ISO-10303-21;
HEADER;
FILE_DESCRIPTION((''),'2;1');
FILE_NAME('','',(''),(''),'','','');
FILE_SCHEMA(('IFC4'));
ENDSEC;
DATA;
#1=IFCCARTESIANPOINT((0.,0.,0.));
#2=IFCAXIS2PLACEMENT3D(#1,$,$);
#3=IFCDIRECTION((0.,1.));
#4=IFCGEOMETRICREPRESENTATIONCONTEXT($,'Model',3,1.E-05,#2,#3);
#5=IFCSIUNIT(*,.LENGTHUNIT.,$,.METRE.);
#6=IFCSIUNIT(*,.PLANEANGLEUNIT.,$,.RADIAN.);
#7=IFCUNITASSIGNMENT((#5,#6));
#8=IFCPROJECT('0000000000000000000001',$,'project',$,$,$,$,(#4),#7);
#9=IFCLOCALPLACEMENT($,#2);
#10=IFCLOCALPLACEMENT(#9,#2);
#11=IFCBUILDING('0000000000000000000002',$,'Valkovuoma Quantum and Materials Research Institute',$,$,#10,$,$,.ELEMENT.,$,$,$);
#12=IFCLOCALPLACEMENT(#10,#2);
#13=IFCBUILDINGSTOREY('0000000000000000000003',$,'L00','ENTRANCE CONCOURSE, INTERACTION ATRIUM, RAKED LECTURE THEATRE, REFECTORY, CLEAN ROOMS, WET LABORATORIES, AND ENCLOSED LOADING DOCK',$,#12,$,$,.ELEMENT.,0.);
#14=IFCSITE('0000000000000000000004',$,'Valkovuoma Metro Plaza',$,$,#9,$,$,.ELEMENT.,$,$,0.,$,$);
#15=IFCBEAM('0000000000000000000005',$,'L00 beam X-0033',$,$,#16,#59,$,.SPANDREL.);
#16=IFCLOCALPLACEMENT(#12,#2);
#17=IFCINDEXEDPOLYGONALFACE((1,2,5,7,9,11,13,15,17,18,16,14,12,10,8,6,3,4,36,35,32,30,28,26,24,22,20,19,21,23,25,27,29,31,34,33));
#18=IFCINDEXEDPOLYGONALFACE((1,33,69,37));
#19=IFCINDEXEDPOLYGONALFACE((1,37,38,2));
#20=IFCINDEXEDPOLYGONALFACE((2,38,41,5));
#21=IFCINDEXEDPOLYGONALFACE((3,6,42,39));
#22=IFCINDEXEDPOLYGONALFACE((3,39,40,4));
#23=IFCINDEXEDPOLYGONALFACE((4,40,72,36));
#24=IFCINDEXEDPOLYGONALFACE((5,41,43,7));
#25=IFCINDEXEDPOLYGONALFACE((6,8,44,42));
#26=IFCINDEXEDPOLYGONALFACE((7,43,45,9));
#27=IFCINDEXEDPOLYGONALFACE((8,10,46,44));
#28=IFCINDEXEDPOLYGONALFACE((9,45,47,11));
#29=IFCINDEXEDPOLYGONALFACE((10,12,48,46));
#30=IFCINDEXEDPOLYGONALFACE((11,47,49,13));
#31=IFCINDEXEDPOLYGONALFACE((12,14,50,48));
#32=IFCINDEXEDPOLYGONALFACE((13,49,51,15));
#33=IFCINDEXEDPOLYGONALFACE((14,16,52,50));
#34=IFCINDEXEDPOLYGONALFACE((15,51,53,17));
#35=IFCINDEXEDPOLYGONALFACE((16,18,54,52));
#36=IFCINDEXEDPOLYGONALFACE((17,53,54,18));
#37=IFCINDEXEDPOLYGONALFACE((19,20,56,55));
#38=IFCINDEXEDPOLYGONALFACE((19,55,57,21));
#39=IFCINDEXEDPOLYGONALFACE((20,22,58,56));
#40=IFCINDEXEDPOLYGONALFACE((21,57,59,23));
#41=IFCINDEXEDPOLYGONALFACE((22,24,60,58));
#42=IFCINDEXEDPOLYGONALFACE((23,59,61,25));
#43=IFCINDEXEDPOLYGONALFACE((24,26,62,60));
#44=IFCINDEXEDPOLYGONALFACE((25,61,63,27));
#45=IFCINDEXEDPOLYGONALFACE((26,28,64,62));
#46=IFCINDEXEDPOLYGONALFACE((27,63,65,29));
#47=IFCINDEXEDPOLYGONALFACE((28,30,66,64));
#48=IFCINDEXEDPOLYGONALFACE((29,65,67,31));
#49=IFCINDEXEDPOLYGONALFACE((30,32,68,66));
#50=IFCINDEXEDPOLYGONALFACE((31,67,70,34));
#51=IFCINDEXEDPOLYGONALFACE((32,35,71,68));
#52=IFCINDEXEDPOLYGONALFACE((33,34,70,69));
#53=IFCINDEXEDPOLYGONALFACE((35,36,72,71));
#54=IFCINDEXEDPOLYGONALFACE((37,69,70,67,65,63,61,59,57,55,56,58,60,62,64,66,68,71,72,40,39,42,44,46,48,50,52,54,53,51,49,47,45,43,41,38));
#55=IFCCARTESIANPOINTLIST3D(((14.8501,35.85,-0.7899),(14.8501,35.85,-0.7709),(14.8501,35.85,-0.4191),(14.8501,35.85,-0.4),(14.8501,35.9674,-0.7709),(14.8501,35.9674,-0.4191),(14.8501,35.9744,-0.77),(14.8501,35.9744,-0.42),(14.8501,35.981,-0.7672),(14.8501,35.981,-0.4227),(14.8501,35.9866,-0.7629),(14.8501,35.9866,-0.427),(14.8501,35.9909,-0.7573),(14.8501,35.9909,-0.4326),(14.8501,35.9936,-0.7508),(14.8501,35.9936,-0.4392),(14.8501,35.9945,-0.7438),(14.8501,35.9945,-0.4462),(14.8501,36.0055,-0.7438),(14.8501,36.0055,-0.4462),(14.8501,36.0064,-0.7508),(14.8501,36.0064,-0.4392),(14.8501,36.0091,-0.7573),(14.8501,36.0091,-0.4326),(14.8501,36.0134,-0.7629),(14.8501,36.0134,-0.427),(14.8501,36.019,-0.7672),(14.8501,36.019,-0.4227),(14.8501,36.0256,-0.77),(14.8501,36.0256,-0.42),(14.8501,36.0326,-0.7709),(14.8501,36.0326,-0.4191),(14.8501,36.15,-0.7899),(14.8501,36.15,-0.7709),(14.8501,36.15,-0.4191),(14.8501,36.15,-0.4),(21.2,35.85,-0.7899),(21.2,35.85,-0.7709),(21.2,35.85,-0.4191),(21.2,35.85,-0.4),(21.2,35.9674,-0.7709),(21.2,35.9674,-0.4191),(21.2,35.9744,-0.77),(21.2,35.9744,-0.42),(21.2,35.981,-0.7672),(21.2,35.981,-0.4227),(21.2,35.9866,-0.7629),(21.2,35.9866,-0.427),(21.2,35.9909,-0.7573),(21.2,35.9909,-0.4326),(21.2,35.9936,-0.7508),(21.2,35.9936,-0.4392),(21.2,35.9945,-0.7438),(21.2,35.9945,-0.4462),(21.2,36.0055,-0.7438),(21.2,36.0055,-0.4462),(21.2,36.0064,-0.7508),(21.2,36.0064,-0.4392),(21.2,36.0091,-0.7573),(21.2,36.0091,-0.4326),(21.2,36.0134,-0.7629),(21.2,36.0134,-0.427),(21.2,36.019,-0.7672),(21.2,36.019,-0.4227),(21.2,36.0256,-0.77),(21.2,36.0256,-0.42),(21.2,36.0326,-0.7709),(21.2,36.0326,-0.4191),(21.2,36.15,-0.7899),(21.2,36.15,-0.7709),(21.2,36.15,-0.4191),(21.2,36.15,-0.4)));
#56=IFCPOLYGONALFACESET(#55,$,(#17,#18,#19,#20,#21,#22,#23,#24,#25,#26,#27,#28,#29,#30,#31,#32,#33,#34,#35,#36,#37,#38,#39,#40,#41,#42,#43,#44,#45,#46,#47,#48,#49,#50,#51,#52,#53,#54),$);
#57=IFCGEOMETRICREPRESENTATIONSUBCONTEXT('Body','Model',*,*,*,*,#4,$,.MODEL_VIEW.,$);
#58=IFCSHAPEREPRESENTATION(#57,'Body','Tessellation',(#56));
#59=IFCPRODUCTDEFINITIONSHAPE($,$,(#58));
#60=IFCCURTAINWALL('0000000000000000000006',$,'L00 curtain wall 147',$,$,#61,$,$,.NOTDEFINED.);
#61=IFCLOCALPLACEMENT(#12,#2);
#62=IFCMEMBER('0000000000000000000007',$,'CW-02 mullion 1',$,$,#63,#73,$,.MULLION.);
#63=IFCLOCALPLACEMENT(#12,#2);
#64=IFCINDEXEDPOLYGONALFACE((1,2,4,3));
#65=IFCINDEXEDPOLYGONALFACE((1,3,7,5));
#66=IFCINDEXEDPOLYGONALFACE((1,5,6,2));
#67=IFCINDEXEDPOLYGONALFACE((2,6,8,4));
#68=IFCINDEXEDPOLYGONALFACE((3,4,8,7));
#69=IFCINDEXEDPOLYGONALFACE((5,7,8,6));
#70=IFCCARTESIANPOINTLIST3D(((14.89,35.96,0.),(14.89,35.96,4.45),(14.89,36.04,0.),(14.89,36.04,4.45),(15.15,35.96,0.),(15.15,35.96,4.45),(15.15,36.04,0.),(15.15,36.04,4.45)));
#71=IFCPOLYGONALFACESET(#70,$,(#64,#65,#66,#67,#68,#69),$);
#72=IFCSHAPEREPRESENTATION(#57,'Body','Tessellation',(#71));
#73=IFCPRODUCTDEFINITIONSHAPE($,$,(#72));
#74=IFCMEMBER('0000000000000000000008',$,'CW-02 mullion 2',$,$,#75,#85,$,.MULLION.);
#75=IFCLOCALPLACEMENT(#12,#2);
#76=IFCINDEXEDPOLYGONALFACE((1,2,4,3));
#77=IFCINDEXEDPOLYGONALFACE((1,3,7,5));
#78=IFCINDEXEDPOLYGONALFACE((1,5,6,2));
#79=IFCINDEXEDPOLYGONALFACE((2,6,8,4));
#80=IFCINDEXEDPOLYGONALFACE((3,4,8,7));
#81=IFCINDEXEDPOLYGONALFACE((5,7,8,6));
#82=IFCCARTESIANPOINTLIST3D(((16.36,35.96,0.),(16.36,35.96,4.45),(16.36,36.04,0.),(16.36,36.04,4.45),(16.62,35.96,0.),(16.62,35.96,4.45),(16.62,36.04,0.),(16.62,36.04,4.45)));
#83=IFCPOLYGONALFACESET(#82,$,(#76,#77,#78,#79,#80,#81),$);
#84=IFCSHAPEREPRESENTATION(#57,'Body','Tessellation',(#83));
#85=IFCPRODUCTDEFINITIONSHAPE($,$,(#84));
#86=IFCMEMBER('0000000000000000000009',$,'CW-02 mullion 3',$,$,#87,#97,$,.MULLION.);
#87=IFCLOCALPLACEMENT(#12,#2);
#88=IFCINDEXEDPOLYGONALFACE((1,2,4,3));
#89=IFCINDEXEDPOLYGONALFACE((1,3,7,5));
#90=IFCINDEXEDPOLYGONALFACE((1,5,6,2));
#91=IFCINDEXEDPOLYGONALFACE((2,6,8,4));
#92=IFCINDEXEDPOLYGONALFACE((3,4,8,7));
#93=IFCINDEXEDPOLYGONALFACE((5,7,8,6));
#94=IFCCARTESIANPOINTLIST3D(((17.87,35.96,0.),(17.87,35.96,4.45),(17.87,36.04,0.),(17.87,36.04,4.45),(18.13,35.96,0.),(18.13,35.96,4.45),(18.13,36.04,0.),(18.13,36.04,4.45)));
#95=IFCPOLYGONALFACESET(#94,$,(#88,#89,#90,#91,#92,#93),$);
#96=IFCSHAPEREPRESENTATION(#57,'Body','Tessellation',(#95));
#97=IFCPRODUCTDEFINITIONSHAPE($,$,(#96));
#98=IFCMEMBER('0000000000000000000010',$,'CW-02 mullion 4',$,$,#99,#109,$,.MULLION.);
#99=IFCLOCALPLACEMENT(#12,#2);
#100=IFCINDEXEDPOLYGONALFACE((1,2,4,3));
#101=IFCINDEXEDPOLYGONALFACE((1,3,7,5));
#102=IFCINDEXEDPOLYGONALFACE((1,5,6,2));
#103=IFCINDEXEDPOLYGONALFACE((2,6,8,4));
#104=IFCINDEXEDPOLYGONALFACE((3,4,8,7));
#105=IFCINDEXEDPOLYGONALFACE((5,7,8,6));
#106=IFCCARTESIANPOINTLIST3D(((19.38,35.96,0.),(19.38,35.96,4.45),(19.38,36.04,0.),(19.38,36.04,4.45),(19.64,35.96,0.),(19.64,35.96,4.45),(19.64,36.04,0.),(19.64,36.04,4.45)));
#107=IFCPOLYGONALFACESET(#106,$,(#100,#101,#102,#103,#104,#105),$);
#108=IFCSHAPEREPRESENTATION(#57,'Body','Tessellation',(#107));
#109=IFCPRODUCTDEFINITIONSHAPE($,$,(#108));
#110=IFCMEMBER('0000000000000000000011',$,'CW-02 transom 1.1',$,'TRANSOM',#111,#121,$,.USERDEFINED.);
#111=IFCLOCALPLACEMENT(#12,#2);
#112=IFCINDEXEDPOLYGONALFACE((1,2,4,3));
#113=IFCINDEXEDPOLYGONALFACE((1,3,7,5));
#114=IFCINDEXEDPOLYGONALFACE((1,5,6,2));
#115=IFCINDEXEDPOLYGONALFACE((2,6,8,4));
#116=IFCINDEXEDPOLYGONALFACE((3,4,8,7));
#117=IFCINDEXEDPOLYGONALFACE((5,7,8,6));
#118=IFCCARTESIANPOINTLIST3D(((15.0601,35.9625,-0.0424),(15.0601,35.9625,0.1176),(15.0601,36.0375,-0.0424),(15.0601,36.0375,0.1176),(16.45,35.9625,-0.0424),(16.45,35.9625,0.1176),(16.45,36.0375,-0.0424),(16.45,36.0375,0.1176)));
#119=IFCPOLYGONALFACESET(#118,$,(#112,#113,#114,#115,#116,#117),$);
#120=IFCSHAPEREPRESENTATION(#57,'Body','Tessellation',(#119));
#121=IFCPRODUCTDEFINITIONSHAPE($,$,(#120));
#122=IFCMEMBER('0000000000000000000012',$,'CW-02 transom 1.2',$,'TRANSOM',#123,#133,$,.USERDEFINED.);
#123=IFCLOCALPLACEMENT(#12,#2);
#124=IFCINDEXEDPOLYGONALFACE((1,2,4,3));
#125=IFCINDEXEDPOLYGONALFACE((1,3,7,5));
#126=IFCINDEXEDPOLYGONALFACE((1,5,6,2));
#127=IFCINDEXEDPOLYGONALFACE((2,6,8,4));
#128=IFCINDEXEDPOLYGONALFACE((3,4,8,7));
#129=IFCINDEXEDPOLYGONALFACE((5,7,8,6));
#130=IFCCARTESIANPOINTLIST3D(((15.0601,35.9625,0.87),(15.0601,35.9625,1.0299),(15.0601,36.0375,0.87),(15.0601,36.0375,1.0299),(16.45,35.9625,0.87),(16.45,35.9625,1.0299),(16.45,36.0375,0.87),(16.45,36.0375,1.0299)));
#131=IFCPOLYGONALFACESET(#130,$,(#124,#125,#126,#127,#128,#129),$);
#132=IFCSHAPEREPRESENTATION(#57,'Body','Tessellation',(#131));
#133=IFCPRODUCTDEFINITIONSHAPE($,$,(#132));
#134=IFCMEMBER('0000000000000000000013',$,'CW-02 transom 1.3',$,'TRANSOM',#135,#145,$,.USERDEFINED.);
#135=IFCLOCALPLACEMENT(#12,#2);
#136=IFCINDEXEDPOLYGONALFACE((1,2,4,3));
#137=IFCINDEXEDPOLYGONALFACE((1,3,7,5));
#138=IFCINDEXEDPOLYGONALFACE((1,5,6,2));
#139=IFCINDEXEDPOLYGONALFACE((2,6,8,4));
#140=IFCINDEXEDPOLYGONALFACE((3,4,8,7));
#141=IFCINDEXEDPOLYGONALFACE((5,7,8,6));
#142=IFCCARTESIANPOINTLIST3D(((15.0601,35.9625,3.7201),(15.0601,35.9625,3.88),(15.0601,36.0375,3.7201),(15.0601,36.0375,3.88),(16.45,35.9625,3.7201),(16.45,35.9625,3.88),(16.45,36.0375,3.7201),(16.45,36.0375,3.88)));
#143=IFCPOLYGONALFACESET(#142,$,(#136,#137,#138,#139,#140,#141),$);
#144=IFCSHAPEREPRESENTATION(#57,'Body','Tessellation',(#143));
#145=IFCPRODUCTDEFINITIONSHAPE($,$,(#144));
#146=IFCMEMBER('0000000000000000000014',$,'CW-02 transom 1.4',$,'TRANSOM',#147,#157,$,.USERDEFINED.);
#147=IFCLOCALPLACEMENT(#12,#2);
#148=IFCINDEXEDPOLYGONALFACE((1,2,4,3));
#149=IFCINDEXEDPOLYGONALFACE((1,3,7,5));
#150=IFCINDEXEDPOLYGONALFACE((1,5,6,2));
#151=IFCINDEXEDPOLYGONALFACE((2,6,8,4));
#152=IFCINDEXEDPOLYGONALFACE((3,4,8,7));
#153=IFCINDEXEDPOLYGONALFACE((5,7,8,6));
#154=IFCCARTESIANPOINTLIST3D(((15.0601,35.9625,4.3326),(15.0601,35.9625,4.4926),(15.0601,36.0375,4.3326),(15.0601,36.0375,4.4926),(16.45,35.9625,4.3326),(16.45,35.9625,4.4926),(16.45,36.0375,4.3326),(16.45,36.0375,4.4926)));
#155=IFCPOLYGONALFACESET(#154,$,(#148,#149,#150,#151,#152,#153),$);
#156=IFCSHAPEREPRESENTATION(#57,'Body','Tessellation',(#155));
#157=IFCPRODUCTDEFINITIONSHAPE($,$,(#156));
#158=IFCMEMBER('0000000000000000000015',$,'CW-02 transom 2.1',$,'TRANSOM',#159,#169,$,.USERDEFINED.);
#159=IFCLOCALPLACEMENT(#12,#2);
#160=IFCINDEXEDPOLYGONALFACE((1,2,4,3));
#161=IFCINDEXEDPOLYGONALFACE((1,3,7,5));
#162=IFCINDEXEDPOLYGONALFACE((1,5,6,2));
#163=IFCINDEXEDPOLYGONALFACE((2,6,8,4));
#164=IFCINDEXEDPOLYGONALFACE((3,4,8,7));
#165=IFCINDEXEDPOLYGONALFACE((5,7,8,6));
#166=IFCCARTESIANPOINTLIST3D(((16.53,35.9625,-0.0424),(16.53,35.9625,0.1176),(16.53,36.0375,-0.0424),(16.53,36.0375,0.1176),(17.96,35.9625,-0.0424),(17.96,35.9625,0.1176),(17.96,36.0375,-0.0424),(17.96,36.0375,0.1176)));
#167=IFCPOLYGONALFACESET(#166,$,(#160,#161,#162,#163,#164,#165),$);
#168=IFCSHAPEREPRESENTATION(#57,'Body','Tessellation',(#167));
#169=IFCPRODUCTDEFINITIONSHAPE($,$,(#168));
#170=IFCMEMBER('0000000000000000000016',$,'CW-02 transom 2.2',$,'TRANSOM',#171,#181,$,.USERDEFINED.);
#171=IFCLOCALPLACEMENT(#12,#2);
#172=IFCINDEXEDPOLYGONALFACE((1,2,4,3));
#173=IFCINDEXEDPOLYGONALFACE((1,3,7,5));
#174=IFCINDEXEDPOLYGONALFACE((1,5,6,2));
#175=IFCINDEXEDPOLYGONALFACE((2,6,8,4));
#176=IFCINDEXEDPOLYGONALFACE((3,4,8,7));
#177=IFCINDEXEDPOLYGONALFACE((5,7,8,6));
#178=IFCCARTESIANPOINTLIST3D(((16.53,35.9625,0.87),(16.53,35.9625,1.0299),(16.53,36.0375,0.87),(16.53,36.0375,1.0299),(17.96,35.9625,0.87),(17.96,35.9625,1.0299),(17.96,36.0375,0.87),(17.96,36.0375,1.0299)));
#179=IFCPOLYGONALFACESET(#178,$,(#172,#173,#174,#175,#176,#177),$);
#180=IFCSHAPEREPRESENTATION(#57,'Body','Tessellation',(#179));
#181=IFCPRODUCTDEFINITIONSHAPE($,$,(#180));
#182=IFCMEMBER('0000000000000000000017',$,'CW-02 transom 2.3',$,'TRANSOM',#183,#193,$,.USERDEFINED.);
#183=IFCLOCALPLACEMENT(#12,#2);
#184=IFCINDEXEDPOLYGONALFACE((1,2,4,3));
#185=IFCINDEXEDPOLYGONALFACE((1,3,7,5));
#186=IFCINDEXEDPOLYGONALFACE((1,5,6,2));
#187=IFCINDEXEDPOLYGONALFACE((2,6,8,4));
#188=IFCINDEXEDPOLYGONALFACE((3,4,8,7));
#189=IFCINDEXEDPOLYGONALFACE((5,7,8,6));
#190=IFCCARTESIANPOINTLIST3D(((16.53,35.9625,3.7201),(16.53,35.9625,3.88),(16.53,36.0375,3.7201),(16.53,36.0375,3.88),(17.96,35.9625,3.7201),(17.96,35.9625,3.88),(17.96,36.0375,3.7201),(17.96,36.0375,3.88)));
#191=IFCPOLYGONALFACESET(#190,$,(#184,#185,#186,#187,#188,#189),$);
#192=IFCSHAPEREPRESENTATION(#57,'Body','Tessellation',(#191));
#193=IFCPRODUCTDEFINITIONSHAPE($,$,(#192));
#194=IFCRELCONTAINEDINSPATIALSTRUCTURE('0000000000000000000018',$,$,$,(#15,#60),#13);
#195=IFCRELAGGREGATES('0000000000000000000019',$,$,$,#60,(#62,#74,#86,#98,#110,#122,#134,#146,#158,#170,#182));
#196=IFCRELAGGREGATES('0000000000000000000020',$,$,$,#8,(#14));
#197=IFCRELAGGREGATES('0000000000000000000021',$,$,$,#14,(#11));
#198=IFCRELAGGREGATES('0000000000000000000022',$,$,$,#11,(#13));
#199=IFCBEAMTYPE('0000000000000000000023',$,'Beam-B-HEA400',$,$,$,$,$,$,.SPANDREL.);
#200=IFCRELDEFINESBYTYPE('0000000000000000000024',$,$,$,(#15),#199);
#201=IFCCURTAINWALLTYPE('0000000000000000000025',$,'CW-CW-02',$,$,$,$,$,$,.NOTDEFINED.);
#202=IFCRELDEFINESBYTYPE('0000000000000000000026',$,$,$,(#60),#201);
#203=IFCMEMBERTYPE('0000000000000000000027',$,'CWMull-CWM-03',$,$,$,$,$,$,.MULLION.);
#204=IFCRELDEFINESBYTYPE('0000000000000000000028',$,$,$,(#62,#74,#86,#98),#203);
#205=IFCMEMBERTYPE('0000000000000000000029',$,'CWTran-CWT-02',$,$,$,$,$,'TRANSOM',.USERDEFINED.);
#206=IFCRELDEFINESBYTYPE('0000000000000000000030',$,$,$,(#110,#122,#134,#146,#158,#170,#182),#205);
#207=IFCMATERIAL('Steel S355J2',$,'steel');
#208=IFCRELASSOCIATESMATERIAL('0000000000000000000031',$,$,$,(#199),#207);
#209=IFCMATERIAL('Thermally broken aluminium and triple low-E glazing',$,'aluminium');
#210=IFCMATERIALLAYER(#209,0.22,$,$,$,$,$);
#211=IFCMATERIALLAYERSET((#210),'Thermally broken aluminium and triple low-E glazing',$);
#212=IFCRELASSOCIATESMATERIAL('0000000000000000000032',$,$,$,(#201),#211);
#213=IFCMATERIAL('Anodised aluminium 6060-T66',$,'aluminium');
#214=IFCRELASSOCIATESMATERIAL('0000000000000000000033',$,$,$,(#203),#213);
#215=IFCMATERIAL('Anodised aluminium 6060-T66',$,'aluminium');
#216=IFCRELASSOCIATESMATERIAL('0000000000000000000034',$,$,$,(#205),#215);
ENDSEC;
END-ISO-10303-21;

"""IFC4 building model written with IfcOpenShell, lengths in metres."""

from ifc_helpers import new_model, si_unit, direction, frame, origin, origin_2d, place, context, subcontext, project, spatial, rectangle, i_section, extrude, material, layer, layer_set, material_profile, profile_set, type_object, element, aggregate, save


model = new_model("IFC4")

# Units and contexts
model_context = context("Model", 3, precision=1e-05, world=origin(), true_north=direction((0.0, 1.0)))
body_context = subcontext(model_context, "Body", "Model", "MODEL_VIEW")
ifc_project = project(units=[si_unit("LENGTHUNIT", "METRE"), si_unit("PLANEANGLEUNIT", "RADIAN")], contexts=[model_context])

# Site, building, storey
site_placement = place(None, origin())
site = spatial("IfcSite", under=ifc_project, at=site_placement, Name="Valkovuoma Metro Plaza", CompositionType="ELEMENT", RefElevation=0.0)
building_placement = place(site_placement, origin())
building = spatial("IfcBuilding", under=site, at=building_placement, Name="Valkovuoma Quantum and Materials Research Institute", CompositionType="ELEMENT")
storey_placement = place(building_placement, origin())
storey = spatial("IfcBuildingStorey", under=building, at=storey_placement, Name="L00", Description="ENTRANCE CONCOURSE, INTERACTION ATRIUM, RAKED LECTURE THEATRE, REFECTORY, CLEAN ROOMS, WET LABORATORIES, AND ENCLOSED LOADING DOCK", CompositionType="ELEMENT", Elevation=0.0)

# Beam
ifc_material_1 = material(Name="Steel S355J2", Category="steel")
ifc_material_profile_1 = material_profile(ifc_material_1, i_section(OverallWidth=0.3, OverallDepth=0.3899, WebThickness=0.011, FlangeThickness=0.019, FilletRadius=0.0271, at=origin_2d()), Name="Steel S355J2")
ifc_profile_set_1 = profile_set([ifc_material_profile_1], Name="Steel S355J2")
beam_type = type_object("IfcBeamType", Name="Beam-B-HEA400", PredefinedType="SPANDREL", material=ifc_profile_set_1)
beam_placement = place(storey_placement, frame((14.8501, 36.0, -0.595), z_axis=(1.0, 0.0, 0.0), x_axis=(0.0, 1.0, 0.0)))
element("IfcBeam", 1, at=beam_placement, inside=storey, type_object=beam_type, Name="L00 beam X-0033", PredefinedType="SPANDREL", context=body_context, shape_type="SweptSolid", body=[
    extrude(i_section(OverallWidth=0.3, OverallDepth=0.3899, WebThickness=0.011, FlangeThickness=0.019, FilletRadius=0.0271, at=origin_2d()), origin(), (0.0, 0.0, 1.0), 6.3499),
])

# Curtain wall, members
ifc_material_2 = material(Name="Thermally broken aluminium and triple low-E glazing", Category="aluminium")
ifc_layer_1 = layer(ifc_material_2, 0.22)
ifc_layer_set_1 = layer_set([ifc_layer_1], Name="Thermally broken aluminium and triple low-E glazing")
curtain_wall_type = type_object("IfcCurtainWallType", Name="CW-CW-02", PredefinedType="NOTDEFINED", material=ifc_layer_set_1)
curtain_wall_placement = place(storey_placement, origin())
curtain_wall = element("IfcCurtainWall", 2, at=curtain_wall_placement, inside=storey, type_object=curtain_wall_type, Name="L00 curtain wall 147", PredefinedType="NOTDEFINED")
ifc_material_3 = material(Name="Anodised aluminium 6060-T66", Category="aluminium")
ifc_material_profile_2 = material_profile(ifc_material_3, rectangle(XDim=0.0801, YDim=0.26, at=origin_2d()), Name="Anodised aluminium 6060-T66")
ifc_profile_set_2 = profile_set([ifc_material_profile_2], Name="Anodised aluminium 6060-T66")
member_type_1 = type_object("IfcMemberType", Name="CWMull-CWM-03", PredefinedType="MULLION", material=ifc_profile_set_2)
member_1_placement = place(storey_placement, frame((15.02, 36.0, 0.0), z_axis=(0.0, 0.0, 1.0), x_axis=(0.0, 1.0, 0.0)))
member_1 = element("IfcMember", 3, at=member_1_placement, type_object=member_type_1, Name="CW-02 mullion 1", PredefinedType="MULLION", context=body_context, shape_type="SweptSolid", body=[
    extrude(rectangle(XDim=0.0801, YDim=0.26, at=origin_2d()), origin(), (0.0, 0.0, 1.0), 4.45),
])
member_2_placement = place(storey_placement, frame((16.49, 36.0, 0.0), z_axis=(0.0, 0.0, 1.0), x_axis=(0.0, 1.0, 0.0)))
member_2 = element("IfcMember", 4, at=member_2_placement, type_object=member_type_1, Name="CW-02 mullion 2", PredefinedType="MULLION", context=body_context, shape_type="SweptSolid", body=[
    extrude(rectangle(XDim=0.0801, YDim=0.26, at=origin_2d()), origin(), (0.0, 0.0, 1.0), 4.45),
])
member_3_placement = place(storey_placement, frame((18.0, 36.0, 0.0), z_axis=(0.0, 0.0, 1.0), x_axis=(0.0, 1.0, 0.0)))
member_3 = element("IfcMember", 5, at=member_3_placement, type_object=member_type_1, Name="CW-02 mullion 3", PredefinedType="MULLION", context=body_context, shape_type="SweptSolid", body=[
    extrude(rectangle(XDim=0.0801, YDim=0.26, at=origin_2d()), origin(), (0.0, 0.0, 1.0), 4.45),
])
member_4_placement = place(storey_placement, frame((19.51, 36.0, 0.0), z_axis=(0.0, 0.0, 1.0), x_axis=(0.0, 1.0, 0.0)))
member_4 = element("IfcMember", 6, at=member_4_placement, type_object=member_type_1, Name="CW-02 mullion 4", PredefinedType="MULLION", context=body_context, shape_type="SweptSolid", body=[
    extrude(rectangle(XDim=0.0801, YDim=0.26, at=origin_2d()), origin(), (0.0, 0.0, 1.0), 4.45),
])
ifc_material_4 = material(Name="Anodised aluminium 6060-T66", Category="aluminium")
ifc_material_profile_3 = material_profile(ifc_material_4, rectangle(XDim=0.075, YDim=0.1599, at=origin_2d()), Name="Anodised aluminium 6060-T66")
ifc_profile_set_3 = profile_set([ifc_material_profile_3], Name="Anodised aluminium 6060-T66")
member_type_2 = type_object("IfcMemberType", Name="CWTran-CWT-02", ElementType="TRANSOM", PredefinedType="USERDEFINED", material=ifc_profile_set_3)
member_5_placement = place(storey_placement, frame((15.0601, 36.0, 0.0376), z_axis=(1.0, 0.0, 0.0), x_axis=(0.0, 1.0, 0.0)))
member_5 = element("IfcMember", 7, at=member_5_placement, type_object=member_type_2, Name="CW-02 transom 1.1", ObjectType="TRANSOM", PredefinedType="USERDEFINED", context=body_context, shape_type="SweptSolid", body=[
    extrude(rectangle(XDim=0.075, YDim=0.1599, at=origin_2d()), origin(), (0.0, 0.0, 1.0), 1.3899),
])
member_6_placement = place(storey_placement, frame((15.0601, 36.0, 0.95), z_axis=(1.0, 0.0, 0.0), x_axis=(0.0, 1.0, 0.0)))
member_6 = element("IfcMember", 8, at=member_6_placement, type_object=member_type_2, Name="CW-02 transom 1.2", ObjectType="TRANSOM", PredefinedType="USERDEFINED", context=body_context, shape_type="SweptSolid", body=[
    extrude(rectangle(XDim=0.075, YDim=0.1599, at=origin_2d()), origin(), (0.0, 0.0, 1.0), 1.3899),
])
member_7_placement = place(storey_placement, frame((15.0601, 36.0, 3.8), z_axis=(1.0, 0.0, 0.0), x_axis=(0.0, 1.0, 0.0)))
member_7 = element("IfcMember", 9, at=member_7_placement, type_object=member_type_2, Name="CW-02 transom 1.3", ObjectType="TRANSOM", PredefinedType="USERDEFINED", context=body_context, shape_type="SweptSolid", body=[
    extrude(rectangle(XDim=0.075, YDim=0.1599, at=origin_2d()), origin(), (0.0, 0.0, 1.0), 1.3899),
])
member_8_placement = place(storey_placement, frame((15.0601, 36.0, 4.4126), z_axis=(1.0, 0.0, 0.0), x_axis=(0.0, 1.0, 0.0)))
member_8 = element("IfcMember", 10, at=member_8_placement, type_object=member_type_2, Name="CW-02 transom 1.4", ObjectType="TRANSOM", PredefinedType="USERDEFINED", context=body_context, shape_type="SweptSolid", body=[
    extrude(rectangle(XDim=0.075, YDim=0.1599, at=origin_2d()), origin(), (0.0, 0.0, 1.0), 1.3899),
])
member_9_placement = place(storey_placement, frame((16.53, 36.0, 0.0376), z_axis=(1.0, 0.0, 0.0), x_axis=(0.0, 1.0, 0.0)))
member_9 = element("IfcMember", 11, at=member_9_placement, type_object=member_type_2, Name="CW-02 transom 2.1", ObjectType="TRANSOM", PredefinedType="USERDEFINED", context=body_context, shape_type="SweptSolid", body=[
    extrude(rectangle(XDim=0.075, YDim=0.1599, at=origin_2d()), origin(), (0.0, 0.0, 1.0), 1.4299),
])
member_10_placement = place(storey_placement, frame((16.53, 36.0, 0.95), z_axis=(1.0, 0.0, 0.0), x_axis=(0.0, 1.0, 0.0)))
member_10 = element("IfcMember", 12, at=member_10_placement, type_object=member_type_2, Name="CW-02 transom 2.2", ObjectType="TRANSOM", PredefinedType="USERDEFINED", context=body_context, shape_type="SweptSolid", body=[
    extrude(rectangle(XDim=0.075, YDim=0.1599, at=origin_2d()), origin(), (0.0, 0.0, 1.0), 1.4299),
])
member_11_placement = place(storey_placement, frame((16.53, 36.0, 3.8), z_axis=(1.0, 0.0, 0.0), x_axis=(0.0, 1.0, 0.0)))
member_11 = element("IfcMember", 13, at=member_11_placement, type_object=member_type_2, Name="CW-02 transom 2.3", ObjectType="TRANSOM", PredefinedType="USERDEFINED", context=body_context, shape_type="SweptSolid", body=[
    extrude(rectangle(XDim=0.075, YDim=0.1599, at=origin_2d()), origin(), (0.0, 0.0, 1.0), 1.4299),
])
aggregate(curtain_wall, [member_1, member_2, member_3, member_4, member_5, member_6, member_7, member_8, member_9, member_10, member_11])

save(model, "model.ifc")
